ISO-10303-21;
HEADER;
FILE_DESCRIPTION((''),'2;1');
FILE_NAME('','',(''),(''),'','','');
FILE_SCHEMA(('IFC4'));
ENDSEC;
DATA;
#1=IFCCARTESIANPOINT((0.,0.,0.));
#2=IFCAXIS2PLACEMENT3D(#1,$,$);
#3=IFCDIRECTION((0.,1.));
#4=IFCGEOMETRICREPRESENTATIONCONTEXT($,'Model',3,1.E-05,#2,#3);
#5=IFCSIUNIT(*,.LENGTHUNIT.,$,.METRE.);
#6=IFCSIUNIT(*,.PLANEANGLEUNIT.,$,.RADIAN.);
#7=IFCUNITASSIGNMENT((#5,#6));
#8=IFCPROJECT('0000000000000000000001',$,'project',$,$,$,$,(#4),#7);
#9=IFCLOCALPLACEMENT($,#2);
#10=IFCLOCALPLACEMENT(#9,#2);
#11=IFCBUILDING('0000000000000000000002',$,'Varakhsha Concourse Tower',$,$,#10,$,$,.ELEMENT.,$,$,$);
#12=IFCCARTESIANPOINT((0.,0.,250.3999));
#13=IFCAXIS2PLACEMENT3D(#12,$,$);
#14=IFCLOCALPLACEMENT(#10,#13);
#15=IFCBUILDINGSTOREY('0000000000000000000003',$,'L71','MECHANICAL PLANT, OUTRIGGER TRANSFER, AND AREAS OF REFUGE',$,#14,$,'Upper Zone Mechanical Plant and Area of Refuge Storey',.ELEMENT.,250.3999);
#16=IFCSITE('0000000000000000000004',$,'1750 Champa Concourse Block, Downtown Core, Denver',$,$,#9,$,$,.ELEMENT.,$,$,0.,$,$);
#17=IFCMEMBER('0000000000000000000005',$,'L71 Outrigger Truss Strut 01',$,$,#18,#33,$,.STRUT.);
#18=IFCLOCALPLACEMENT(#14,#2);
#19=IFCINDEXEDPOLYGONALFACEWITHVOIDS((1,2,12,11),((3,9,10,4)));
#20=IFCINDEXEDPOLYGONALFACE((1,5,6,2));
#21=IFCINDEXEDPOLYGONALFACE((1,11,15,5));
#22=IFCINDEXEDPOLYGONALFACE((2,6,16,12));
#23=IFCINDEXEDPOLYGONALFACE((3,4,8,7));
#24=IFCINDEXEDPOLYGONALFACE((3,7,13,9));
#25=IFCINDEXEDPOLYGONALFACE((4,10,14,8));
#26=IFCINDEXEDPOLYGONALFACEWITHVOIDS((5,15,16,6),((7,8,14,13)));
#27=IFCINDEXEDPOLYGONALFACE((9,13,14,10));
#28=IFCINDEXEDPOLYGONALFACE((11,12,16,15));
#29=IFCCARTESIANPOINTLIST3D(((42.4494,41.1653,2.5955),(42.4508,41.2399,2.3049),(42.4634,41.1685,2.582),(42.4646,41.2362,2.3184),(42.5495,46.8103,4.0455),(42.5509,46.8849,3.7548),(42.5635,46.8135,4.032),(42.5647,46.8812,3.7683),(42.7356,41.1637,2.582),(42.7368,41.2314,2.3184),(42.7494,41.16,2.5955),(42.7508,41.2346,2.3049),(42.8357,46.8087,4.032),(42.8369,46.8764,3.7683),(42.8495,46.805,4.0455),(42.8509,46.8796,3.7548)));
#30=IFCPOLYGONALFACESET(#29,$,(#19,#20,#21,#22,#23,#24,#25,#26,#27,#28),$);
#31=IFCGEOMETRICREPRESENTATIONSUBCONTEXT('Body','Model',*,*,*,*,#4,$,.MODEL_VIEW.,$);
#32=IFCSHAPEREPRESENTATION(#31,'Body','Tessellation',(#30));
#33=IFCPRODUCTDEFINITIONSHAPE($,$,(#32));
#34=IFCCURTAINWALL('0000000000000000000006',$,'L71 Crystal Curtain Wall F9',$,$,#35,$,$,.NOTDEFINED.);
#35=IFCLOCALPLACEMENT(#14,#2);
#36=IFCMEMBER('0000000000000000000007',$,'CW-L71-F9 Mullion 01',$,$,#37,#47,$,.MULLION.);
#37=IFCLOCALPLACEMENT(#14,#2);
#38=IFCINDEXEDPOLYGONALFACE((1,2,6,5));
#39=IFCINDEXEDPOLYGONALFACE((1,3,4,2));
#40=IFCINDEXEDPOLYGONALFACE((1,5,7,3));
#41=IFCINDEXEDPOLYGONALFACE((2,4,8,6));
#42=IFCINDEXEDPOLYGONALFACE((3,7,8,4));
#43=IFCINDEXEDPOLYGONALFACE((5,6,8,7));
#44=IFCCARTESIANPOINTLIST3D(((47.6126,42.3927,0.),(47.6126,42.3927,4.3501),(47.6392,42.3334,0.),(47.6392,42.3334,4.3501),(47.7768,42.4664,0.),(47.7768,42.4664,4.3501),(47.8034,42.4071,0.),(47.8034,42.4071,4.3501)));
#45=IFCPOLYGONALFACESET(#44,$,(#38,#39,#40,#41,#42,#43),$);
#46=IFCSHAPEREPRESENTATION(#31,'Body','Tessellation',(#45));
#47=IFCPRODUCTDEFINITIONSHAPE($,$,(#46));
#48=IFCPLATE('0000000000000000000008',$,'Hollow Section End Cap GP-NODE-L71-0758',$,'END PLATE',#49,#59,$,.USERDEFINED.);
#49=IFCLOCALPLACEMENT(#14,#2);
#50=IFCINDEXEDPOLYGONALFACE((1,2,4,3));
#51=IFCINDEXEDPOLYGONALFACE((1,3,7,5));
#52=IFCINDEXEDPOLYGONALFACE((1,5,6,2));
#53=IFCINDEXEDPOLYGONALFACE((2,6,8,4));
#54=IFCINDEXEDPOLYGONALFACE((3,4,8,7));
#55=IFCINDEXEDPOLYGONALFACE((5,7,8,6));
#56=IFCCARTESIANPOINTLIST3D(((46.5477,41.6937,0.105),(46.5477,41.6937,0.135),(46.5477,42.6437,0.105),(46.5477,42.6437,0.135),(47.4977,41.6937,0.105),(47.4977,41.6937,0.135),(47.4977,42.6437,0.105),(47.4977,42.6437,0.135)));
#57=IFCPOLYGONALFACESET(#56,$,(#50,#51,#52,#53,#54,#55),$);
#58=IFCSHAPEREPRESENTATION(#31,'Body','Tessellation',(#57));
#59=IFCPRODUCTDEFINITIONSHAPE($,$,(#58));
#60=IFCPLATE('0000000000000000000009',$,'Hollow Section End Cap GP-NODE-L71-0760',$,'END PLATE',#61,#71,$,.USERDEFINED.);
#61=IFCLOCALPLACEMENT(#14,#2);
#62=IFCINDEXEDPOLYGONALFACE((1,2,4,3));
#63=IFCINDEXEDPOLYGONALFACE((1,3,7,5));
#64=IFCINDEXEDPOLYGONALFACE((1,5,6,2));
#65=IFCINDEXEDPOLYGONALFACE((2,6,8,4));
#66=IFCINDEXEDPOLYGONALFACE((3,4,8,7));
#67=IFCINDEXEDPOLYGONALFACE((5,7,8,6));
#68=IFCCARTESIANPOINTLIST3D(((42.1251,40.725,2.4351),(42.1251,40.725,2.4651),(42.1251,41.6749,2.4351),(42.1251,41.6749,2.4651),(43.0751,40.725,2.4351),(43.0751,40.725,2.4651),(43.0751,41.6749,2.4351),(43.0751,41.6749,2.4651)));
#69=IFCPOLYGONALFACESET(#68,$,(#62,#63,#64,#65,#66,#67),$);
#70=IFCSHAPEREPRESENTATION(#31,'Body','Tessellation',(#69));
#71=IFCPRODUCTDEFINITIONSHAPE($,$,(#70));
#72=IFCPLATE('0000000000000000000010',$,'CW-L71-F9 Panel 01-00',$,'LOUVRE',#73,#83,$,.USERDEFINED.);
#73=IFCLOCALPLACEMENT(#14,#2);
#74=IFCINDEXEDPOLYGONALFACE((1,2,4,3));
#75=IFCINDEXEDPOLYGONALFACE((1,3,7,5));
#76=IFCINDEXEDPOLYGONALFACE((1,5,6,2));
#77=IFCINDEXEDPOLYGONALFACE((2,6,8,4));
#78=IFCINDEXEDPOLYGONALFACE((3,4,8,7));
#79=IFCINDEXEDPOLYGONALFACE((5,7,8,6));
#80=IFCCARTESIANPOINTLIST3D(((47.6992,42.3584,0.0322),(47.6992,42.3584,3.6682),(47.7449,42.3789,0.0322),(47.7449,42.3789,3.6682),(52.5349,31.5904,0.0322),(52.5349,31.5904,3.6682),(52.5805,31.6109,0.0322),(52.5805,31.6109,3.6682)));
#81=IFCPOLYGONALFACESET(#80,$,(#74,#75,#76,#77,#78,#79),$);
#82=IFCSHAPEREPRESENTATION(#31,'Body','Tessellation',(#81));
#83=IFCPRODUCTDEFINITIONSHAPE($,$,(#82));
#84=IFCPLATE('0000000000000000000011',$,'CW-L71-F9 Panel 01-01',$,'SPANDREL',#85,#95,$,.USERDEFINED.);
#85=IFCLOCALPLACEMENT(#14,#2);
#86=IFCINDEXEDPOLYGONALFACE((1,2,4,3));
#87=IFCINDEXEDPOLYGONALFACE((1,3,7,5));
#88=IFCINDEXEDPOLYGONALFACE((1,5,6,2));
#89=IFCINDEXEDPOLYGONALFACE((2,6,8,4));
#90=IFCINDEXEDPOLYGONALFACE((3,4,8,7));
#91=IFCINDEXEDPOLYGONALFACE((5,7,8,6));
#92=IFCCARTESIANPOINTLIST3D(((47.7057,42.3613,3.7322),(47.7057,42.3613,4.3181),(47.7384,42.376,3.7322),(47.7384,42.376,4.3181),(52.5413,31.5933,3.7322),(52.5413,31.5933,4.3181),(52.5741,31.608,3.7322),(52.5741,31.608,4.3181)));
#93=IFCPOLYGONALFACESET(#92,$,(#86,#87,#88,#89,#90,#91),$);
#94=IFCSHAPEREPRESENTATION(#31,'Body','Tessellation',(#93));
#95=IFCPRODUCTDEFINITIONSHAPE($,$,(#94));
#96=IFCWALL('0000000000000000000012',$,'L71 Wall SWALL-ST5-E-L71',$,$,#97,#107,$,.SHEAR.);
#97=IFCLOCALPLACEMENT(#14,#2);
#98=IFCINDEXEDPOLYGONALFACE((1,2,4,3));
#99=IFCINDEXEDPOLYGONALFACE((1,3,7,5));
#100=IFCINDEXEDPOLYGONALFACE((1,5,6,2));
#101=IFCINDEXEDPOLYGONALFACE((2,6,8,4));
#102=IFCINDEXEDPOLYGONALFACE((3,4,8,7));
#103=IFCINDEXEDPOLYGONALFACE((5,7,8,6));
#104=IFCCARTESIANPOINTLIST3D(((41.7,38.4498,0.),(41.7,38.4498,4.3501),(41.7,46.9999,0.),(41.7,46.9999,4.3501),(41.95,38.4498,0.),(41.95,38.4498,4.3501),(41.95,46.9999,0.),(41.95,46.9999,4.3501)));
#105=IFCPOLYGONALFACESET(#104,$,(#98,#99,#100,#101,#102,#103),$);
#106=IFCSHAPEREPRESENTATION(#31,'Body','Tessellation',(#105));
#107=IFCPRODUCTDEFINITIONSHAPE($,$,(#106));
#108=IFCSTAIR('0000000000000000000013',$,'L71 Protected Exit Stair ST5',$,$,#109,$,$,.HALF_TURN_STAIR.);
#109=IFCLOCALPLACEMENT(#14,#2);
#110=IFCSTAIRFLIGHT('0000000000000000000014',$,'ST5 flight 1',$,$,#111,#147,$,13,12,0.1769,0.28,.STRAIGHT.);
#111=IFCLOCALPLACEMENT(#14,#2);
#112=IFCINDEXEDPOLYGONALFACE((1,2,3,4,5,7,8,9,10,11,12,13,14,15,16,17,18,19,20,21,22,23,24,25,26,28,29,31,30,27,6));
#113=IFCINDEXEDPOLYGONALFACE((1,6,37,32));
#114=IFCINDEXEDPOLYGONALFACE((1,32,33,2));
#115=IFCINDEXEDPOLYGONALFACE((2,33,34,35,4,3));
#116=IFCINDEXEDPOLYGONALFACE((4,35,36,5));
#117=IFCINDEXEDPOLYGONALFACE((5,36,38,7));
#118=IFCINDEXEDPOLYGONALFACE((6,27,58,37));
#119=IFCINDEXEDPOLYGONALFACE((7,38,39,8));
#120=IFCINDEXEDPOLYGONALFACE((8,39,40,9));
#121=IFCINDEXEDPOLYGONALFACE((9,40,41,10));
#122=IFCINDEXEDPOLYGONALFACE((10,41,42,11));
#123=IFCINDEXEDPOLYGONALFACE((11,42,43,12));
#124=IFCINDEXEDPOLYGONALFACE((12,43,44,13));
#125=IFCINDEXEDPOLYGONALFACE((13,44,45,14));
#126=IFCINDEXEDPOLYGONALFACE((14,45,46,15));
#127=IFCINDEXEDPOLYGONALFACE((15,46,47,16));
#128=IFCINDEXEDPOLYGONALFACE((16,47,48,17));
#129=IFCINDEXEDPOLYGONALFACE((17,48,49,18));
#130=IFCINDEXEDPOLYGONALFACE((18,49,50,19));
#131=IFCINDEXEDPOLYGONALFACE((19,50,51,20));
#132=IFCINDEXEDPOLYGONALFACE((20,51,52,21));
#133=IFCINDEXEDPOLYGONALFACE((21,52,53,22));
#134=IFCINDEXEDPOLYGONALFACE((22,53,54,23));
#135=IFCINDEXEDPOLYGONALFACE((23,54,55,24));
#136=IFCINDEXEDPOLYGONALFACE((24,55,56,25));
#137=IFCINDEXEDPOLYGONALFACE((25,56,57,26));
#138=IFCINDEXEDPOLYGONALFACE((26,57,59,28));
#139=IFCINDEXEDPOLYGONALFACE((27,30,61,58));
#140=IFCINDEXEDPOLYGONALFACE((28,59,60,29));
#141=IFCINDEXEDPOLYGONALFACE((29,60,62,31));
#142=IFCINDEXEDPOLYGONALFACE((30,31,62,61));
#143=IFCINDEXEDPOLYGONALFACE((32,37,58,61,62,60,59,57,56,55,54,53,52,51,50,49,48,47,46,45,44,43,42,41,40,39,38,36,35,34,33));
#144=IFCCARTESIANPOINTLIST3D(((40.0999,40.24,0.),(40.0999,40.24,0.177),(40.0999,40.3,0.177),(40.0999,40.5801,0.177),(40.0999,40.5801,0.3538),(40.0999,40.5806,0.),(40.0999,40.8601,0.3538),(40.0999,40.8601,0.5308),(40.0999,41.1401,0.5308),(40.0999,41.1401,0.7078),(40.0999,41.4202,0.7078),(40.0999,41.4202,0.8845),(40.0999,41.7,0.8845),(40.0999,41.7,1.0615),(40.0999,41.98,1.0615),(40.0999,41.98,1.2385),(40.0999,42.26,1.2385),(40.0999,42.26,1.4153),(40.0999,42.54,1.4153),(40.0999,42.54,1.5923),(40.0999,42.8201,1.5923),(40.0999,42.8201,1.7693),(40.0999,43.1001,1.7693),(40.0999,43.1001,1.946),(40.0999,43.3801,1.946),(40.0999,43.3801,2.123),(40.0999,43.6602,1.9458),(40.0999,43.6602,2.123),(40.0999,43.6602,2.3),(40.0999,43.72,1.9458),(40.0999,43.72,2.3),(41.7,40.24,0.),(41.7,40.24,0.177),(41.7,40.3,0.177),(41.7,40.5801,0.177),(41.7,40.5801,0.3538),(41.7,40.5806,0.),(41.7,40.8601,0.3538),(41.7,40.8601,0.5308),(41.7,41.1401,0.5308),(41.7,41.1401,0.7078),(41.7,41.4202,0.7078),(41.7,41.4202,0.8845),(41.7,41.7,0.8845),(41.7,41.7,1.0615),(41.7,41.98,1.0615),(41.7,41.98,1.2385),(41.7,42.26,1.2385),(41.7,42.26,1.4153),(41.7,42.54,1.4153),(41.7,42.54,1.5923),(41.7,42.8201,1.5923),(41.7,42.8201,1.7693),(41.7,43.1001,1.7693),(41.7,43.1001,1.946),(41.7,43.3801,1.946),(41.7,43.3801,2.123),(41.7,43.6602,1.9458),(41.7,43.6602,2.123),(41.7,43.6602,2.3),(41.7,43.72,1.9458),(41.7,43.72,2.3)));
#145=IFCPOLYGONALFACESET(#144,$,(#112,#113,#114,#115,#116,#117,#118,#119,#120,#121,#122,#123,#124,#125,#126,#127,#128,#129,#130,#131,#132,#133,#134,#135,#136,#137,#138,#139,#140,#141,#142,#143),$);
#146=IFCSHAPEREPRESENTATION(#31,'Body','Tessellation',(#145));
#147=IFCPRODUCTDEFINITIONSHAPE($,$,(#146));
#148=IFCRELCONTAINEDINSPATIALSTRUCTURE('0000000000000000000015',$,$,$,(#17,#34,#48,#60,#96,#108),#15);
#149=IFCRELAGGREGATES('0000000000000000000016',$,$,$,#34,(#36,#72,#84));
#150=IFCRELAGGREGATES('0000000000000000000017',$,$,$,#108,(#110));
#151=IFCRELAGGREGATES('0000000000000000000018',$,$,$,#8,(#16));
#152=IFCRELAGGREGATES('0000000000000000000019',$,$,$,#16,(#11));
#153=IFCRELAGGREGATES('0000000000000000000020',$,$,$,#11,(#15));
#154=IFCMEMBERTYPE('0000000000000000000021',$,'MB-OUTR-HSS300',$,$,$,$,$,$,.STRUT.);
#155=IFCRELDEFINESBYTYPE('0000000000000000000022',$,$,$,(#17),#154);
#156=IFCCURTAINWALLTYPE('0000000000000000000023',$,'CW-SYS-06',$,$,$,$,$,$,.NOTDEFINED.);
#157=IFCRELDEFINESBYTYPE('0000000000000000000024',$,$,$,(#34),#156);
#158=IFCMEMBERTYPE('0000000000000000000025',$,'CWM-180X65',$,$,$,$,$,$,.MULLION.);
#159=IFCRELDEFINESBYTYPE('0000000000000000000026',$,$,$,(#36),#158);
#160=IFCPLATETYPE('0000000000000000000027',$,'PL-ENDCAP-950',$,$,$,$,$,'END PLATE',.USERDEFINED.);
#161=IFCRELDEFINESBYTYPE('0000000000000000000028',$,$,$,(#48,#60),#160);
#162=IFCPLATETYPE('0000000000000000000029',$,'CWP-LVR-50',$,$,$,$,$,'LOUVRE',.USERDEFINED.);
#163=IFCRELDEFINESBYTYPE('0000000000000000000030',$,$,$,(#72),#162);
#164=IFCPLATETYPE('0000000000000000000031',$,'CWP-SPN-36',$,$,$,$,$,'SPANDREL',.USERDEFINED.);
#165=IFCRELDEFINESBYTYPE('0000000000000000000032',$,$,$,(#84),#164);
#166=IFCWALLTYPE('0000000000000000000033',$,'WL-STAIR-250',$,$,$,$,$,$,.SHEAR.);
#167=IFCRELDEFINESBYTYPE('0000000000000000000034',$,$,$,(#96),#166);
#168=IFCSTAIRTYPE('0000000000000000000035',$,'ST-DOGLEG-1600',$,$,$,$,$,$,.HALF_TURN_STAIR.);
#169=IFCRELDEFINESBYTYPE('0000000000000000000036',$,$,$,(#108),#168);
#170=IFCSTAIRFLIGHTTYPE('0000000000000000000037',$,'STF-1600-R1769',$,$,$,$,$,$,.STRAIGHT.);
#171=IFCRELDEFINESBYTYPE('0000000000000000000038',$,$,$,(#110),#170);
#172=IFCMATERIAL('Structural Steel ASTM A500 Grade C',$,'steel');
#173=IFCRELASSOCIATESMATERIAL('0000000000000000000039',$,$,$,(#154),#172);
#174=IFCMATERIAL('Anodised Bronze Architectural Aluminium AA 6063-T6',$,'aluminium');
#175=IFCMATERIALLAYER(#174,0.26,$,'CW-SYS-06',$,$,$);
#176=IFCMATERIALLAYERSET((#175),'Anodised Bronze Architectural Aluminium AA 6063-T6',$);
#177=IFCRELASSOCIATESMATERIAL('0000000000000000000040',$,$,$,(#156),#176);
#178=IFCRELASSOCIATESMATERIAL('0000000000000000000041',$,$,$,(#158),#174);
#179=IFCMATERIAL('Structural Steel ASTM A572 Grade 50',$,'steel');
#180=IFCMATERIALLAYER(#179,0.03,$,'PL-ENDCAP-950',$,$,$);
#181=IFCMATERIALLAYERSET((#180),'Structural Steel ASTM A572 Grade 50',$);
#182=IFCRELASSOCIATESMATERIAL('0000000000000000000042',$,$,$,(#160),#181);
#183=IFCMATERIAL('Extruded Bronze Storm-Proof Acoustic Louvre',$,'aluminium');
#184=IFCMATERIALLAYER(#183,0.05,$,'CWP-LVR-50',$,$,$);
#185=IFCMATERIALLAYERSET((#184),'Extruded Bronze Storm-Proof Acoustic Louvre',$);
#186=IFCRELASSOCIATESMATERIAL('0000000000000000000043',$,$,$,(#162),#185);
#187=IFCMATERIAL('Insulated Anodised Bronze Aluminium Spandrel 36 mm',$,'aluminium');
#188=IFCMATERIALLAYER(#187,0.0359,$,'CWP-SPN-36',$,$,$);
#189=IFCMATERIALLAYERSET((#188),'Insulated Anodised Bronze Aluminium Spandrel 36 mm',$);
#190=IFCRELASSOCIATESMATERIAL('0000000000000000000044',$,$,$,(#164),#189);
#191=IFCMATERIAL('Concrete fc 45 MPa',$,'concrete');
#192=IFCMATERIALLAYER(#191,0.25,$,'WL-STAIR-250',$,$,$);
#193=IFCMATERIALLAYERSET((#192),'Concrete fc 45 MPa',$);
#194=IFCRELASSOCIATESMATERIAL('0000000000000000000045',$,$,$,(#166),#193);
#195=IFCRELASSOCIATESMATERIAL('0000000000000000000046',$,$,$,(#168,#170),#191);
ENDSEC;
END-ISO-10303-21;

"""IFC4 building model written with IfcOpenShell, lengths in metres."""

from ifc_helpers import new_model, si_unit, direction, frame, frame_2d, origin, origin_2d, place, context, subcontext, project, spatial, polyline, rectangle, hollow_rectangle, outline, extrude, source, transform, mapped, material, layer, layer_set, material_profile, profile_set, type_object, type_shapes, element, aggregate, save


model = new_model("IFC4")

# Units and contexts
model_context = context("Model", 3, precision=1e-05, world=origin(), true_north=direction((0.0, 1.0)))
body_context = subcontext(model_context, "Body", "Model", "MODEL_VIEW")
ifc_project = project(units=[si_unit("LENGTHUNIT", "METRE"), si_unit("PLANEANGLEUNIT", "RADIAN")], contexts=[model_context])

# Site, building, storey
site_placement = place(None, origin())
site = spatial("IfcSite", under=ifc_project, at=site_placement, Name="1750 Champa Concourse Block, Downtown Core, Denver", CompositionType="ELEMENT", RefElevation=0.0)
building_placement = place(site_placement, origin())
building = spatial("IfcBuilding", under=site, at=building_placement, Name="Varakhsha Concourse Tower", CompositionType="ELEMENT")
storey_placement = place(building_placement, frame((0.0, 0.0, 250.3999)))
storey = spatial("IfcBuildingStorey", under=building, at=storey_placement, Name="L71", Description="MECHANICAL PLANT, OUTRIGGER TRANSFER, AND AREAS OF REFUGE", LongName="Upper Zone Mechanical Plant and Area of Refuge Storey", CompositionType="ELEMENT", Elevation=250.3999)

# Shared definitions
ifc_material_1 = material(Name="Structural Steel ASTM A572 Grade 50", Category="steel")

# Member
ifc_material_2 = material(Name="Structural Steel ASTM A500 Grade C", Category="steel")
ifc_material_profile_1 = material_profile(ifc_material_2, hollow_rectangle(XDim=0.3, YDim=0.3, WallThickness=0.0139, at=origin_2d()), Name="HSS 300x300x14")
ifc_profile_set_1 = profile_set([ifc_material_profile_1], Name="Structural Steel ASTM A500 Grade C")
member_type_1 = type_object("IfcMemberType", Name="MB-OUTR-HSS300", PredefinedType="STRUT", material=ifc_profile_set_1)
shared_shape_1 = source(origin(), body_context, "Body", "SweptSolid", [
    extrude(hollow_rectangle(XDim=0.3, YDim=0.3, WallThickness=0.0139, at=origin_2d()), origin(), (0.0, 0.0, 1.0), 5.8291),
])
type_shapes(member_type_1, [shared_shape_1])
member_1_placement = place(storey_placement, frame((42.6001, 41.2, 2.4502), z_axis=(0.017172, 0.968417, 0.248743), x_axis=(-0.999843, 0.017729, 0.0)))
element("IfcMember", 1, at=member_1_placement, inside=storey, type_object=member_type_1, Name="L71 Outrigger Truss Strut 01", PredefinedType="STRUT", context=body_context, shape_type="MappedRepresentation", body=[
    mapped(shared_shape_1, transform((0.0, 0.0, 0.0), scale=1.0)),
])

# Curtain wall, member
ifc_material_3 = material(Name="Anodised Bronze Architectural Aluminium AA 6063-T6", Category="aluminium")
ifc_layer_1 = layer(ifc_material_3, 0.26, Name="CW-SYS-06")
ifc_layer_set_1 = layer_set([ifc_layer_1], Name="Anodised Bronze Architectural Aluminium AA 6063-T6")
curtain_wall_type = type_object("IfcCurtainWallType", Name="CW-SYS-06", PredefinedType="NOTDEFINED", material=ifc_layer_set_1)
curtain_wall_placement = place(storey_placement, origin())
curtain_wall = element("IfcCurtainWall", 2, at=curtain_wall_placement, inside=storey, type_object=curtain_wall_type, Name="L71 Crystal Curtain Wall F9", PredefinedType="NOTDEFINED")
ifc_material_profile_2 = material_profile(ifc_material_3, rectangle(XDim=0.0649, YDim=0.1799, at=origin_2d()), Name="CWM-180X65")
ifc_profile_set_2 = profile_set([ifc_material_profile_2], Name="Anodised Bronze Architectural Aluminium AA 6063-T6")
member_type_2 = type_object("IfcMemberType", Name="CWM-180X65", PredefinedType="MULLION", material=ifc_profile_set_2)
shared_shape_2 = source(origin(), body_context, "Body", "SweptSolid", [
    extrude(rectangle(XDim=0.0649, YDim=0.1799, at=origin_2d()), origin(), (0.0, 0.0, 1.0), 4.3501),
])
type_shapes(member_type_2, [shared_shape_2])
member_2_placement = place(storey_placement, frame((47.708, 42.3999, 0.0), z_axis=(0.0, 0.0, 1.0), x_axis=(0.409662, -0.912237, 0.0)))
member_2 = element("IfcMember", 3, at=member_2_placement, type_object=member_type_2, Name="CW-L71-F9 Mullion 01", PredefinedType="MULLION", context=body_context, shape_type="MappedRepresentation", body=[
    mapped(shared_shape_2, transform((0.0, 0.0, 0.0), scale=1.0)),
])

# Plates
ifc_layer_2 = layer(ifc_material_1, 0.03, Name="PL-ENDCAP-950")
ifc_layer_set_2 = layer_set([ifc_layer_2], Name="Structural Steel ASTM A572 Grade 50")
plate_type_1 = type_object("IfcPlateType", Name="PL-ENDCAP-950", ElementType="END PLATE", PredefinedType="USERDEFINED", material=ifc_layer_set_2)
shared_shape_3 = source(origin(), body_context, "Body", "SweptSolid", [
    extrude(rectangle(XDim=0.95, YDim=0.95, at=origin_2d()), origin(), (0.0, 0.0, 1.0), 0.03),
])
type_shapes(plate_type_1, [shared_shape_3])
for number, where, z_axis, x_axis, name in (
    (4, (47.0227, 42.1687, 0.105), (0.0, 0.0, 1.0), (1.0, 0.0, 0.0), "Hollow Section End Cap GP-NODE-L71-0758"),
    (5, (42.6001, 41.2, 2.4351), (0.0, 0.0, 1.0), (1.0, 0.0, 0.0), "Hollow Section End Cap GP-NODE-L71-0760"),
):
    element("IfcPlate", number, at=place(storey_placement, frame(where, z_axis=z_axis, x_axis=x_axis)), inside=storey, type_object=plate_type_1, Name=name, ObjectType="END PLATE", PredefinedType="USERDEFINED", context=body_context, shape_type="MappedRepresentation", body=[
        mapped(shared_shape_3, transform((0.0, 0.0, 0.0), scale=1.0)),
    ])

# Plates
ifc_material_4 = material(Name="Extruded Bronze Storm-Proof Acoustic Louvre", Category="aluminium")
ifc_layer_3 = layer(ifc_material_4, 0.05, Name="CWP-LVR-50")
ifc_layer_set_3 = layer_set([ifc_layer_3], Name="Extruded Bronze Storm-Proof Acoustic Louvre")
plate_type_2 = type_object("IfcPlateType", Name="CWP-LVR-50", ElementType="LOUVRE", PredefinedType="USERDEFINED", material=ifc_layer_set_3)
shared_shape_4 = source(origin(), body_context, "Body", "SweptSolid", [
    extrude(rectangle(XDim=11.804, YDim=0.05, at=origin_2d()), origin(), (0.0, 0.0, 1.0), 3.636),
])
type_shapes(plate_type_2, [shared_shape_4])
plate_1_placement = place(storey_placement, frame((50.1399, 36.9846, 0.0322), z_axis=(0.0, 0.0, 1.0), x_axis=(0.409662, -0.912237, 0.0)))
plate_1 = element("IfcPlate", 6, at=plate_1_placement, type_object=plate_type_2, Name="CW-L71-F9 Panel 01-00", ObjectType="LOUVRE", PredefinedType="USERDEFINED", context=body_context, shape_type="MappedRepresentation", body=[
    mapped(shared_shape_4, transform((0.0, 0.0, 0.0), scale=1.0)),
])
ifc_material_5 = material(Name="Insulated Anodised Bronze Aluminium Spandrel 36 mm", Category="aluminium")
ifc_layer_4 = layer(ifc_material_5, 0.0359, Name="CWP-SPN-36")
ifc_layer_set_4 = layer_set([ifc_layer_4], Name="Insulated Anodised Bronze Aluminium Spandrel 36 mm")
plate_type_3 = type_object("IfcPlateType", Name="CWP-SPN-36", ElementType="SPANDREL", PredefinedType="USERDEFINED", material=ifc_layer_set_4)
shared_shape_5 = source(origin(), body_context, "Body", "SweptSolid", [
    extrude(rectangle(XDim=11.804, YDim=0.0359, at=origin_2d()), origin(), (0.0, 0.0, 1.0), 0.5859),
])
type_shapes(plate_type_3, [shared_shape_5])
plate_2_placement = place(storey_placement, frame((50.1399, 36.9846, 3.7322), z_axis=(0.0, 0.0, 1.0), x_axis=(0.409662, -0.912237, 0.0)))
plate_2 = element("IfcPlate", 7, at=plate_2_placement, type_object=plate_type_3, Name="CW-L71-F9 Panel 01-01", ObjectType="SPANDREL", PredefinedType="USERDEFINED", context=body_context, shape_type="MappedRepresentation", body=[
    mapped(shared_shape_5, transform((0.0, 0.0, 0.0), scale=1.0)),
])
aggregate(curtain_wall, [member_2, plate_1, plate_2])

# Wall
ifc_material_6 = material(Name="Concrete fc 45 MPa", Category="concrete")
ifc_layer_5 = layer(ifc_material_6, 0.25, Name="WL-STAIR-250")
ifc_layer_set_5 = layer_set([ifc_layer_5], Name="Concrete fc 45 MPa")
wall_type = type_object("IfcWallType", Name="WL-STAIR-250", PredefinedType="SHEAR", material=ifc_layer_set_5)
wall_placement = place(storey_placement, frame((41.825, 38.45, 0.0), z_axis=(0.0, 0.0, 1.0), x_axis=(0.0, 1.0, 0.0)))
element("IfcWall", 8, at=wall_placement, inside=storey, type_object=wall_type, Name="L71 Wall SWALL-ST5-E-L71", PredefinedType="SHEAR", context=body_context, shape_type="SweptSolid", body=[
    extrude(rectangle(XDim=8.55, YDim=0.25, at=frame_2d((4.2749, 0.0))), origin(), (0.0, 0.0, 1.0), 4.3501),
])

# Stair, stair flight
stair_type = type_object("IfcStairType", Name="ST-DOGLEG-1600", PredefinedType="HALF_TURN_STAIR", material=ifc_material_6)
stair_placement = place(storey_placement, origin())
stair = element("IfcStair", 9, at=stair_placement, inside=storey, type_object=stair_type, Name="L71 Protected Exit Stair ST5", PredefinedType="HALF_TURN_STAIR")
stair_flight_type = type_object("IfcStairFlightType", Name="STF-1600-R1769", PredefinedType="STRAIGHT", material=ifc_material_6)
stair_flight_placement = place(storey_placement, frame((40.8999, 40.3, 0.0), z_axis=(0.0, 0.0, 1.0), x_axis=(0.0, 1.0, 0.0)))
stair_flight = element("IfcStairFlight", 10, at=stair_flight_placement, type_object=stair_flight_type, Name="ST5 flight 1", NumberOfRisers=13, NumberOfTreads=12, PredefinedType="STRAIGHT", RiserHeight=0.1769, TreadLength=0.28, context=body_context, shape_type="SweptSolid", body=[
    extrude(outline(polyline([(-0.0601, 0.0), (-0.0601, 0.177), (0.0, 0.177), (0.28, 0.177), (0.28, 0.3538), (0.5601, 0.3538), (0.5601, 0.5308), (0.8401, 0.5308), (0.8401, 0.7078), (1.1201, 0.7078), (1.1201, 0.8845), (1.3999, 0.8845), (1.3999, 1.0615), (1.6799, 1.0615), (1.6799, 1.2385), (1.96, 1.2385), (1.96, 1.4153), (2.24, 1.4153), (2.24, 1.5923), (2.52, 1.5923), (2.52, 1.7693), (2.8, 1.7693), (2.8, 1.946), (3.0801, 1.946), (3.0801, 2.123), (3.3601, 2.123), (3.3601, 2.3), (3.4199, 2.3), (3.4199, 1.9458), (3.3601, 1.9458), (0.2805, 0.0), (-0.0601, 0.0)])), frame((0.0, 0.8, 0.0), z_axis=(0.0, -1.0, 0.0), x_axis=(1.0, 0.0, 0.0)), (0.0, 0.0, 1.0), 1.6001),
])
aggregate(stair, [stair_flight])

save(model, "model.ifc")
